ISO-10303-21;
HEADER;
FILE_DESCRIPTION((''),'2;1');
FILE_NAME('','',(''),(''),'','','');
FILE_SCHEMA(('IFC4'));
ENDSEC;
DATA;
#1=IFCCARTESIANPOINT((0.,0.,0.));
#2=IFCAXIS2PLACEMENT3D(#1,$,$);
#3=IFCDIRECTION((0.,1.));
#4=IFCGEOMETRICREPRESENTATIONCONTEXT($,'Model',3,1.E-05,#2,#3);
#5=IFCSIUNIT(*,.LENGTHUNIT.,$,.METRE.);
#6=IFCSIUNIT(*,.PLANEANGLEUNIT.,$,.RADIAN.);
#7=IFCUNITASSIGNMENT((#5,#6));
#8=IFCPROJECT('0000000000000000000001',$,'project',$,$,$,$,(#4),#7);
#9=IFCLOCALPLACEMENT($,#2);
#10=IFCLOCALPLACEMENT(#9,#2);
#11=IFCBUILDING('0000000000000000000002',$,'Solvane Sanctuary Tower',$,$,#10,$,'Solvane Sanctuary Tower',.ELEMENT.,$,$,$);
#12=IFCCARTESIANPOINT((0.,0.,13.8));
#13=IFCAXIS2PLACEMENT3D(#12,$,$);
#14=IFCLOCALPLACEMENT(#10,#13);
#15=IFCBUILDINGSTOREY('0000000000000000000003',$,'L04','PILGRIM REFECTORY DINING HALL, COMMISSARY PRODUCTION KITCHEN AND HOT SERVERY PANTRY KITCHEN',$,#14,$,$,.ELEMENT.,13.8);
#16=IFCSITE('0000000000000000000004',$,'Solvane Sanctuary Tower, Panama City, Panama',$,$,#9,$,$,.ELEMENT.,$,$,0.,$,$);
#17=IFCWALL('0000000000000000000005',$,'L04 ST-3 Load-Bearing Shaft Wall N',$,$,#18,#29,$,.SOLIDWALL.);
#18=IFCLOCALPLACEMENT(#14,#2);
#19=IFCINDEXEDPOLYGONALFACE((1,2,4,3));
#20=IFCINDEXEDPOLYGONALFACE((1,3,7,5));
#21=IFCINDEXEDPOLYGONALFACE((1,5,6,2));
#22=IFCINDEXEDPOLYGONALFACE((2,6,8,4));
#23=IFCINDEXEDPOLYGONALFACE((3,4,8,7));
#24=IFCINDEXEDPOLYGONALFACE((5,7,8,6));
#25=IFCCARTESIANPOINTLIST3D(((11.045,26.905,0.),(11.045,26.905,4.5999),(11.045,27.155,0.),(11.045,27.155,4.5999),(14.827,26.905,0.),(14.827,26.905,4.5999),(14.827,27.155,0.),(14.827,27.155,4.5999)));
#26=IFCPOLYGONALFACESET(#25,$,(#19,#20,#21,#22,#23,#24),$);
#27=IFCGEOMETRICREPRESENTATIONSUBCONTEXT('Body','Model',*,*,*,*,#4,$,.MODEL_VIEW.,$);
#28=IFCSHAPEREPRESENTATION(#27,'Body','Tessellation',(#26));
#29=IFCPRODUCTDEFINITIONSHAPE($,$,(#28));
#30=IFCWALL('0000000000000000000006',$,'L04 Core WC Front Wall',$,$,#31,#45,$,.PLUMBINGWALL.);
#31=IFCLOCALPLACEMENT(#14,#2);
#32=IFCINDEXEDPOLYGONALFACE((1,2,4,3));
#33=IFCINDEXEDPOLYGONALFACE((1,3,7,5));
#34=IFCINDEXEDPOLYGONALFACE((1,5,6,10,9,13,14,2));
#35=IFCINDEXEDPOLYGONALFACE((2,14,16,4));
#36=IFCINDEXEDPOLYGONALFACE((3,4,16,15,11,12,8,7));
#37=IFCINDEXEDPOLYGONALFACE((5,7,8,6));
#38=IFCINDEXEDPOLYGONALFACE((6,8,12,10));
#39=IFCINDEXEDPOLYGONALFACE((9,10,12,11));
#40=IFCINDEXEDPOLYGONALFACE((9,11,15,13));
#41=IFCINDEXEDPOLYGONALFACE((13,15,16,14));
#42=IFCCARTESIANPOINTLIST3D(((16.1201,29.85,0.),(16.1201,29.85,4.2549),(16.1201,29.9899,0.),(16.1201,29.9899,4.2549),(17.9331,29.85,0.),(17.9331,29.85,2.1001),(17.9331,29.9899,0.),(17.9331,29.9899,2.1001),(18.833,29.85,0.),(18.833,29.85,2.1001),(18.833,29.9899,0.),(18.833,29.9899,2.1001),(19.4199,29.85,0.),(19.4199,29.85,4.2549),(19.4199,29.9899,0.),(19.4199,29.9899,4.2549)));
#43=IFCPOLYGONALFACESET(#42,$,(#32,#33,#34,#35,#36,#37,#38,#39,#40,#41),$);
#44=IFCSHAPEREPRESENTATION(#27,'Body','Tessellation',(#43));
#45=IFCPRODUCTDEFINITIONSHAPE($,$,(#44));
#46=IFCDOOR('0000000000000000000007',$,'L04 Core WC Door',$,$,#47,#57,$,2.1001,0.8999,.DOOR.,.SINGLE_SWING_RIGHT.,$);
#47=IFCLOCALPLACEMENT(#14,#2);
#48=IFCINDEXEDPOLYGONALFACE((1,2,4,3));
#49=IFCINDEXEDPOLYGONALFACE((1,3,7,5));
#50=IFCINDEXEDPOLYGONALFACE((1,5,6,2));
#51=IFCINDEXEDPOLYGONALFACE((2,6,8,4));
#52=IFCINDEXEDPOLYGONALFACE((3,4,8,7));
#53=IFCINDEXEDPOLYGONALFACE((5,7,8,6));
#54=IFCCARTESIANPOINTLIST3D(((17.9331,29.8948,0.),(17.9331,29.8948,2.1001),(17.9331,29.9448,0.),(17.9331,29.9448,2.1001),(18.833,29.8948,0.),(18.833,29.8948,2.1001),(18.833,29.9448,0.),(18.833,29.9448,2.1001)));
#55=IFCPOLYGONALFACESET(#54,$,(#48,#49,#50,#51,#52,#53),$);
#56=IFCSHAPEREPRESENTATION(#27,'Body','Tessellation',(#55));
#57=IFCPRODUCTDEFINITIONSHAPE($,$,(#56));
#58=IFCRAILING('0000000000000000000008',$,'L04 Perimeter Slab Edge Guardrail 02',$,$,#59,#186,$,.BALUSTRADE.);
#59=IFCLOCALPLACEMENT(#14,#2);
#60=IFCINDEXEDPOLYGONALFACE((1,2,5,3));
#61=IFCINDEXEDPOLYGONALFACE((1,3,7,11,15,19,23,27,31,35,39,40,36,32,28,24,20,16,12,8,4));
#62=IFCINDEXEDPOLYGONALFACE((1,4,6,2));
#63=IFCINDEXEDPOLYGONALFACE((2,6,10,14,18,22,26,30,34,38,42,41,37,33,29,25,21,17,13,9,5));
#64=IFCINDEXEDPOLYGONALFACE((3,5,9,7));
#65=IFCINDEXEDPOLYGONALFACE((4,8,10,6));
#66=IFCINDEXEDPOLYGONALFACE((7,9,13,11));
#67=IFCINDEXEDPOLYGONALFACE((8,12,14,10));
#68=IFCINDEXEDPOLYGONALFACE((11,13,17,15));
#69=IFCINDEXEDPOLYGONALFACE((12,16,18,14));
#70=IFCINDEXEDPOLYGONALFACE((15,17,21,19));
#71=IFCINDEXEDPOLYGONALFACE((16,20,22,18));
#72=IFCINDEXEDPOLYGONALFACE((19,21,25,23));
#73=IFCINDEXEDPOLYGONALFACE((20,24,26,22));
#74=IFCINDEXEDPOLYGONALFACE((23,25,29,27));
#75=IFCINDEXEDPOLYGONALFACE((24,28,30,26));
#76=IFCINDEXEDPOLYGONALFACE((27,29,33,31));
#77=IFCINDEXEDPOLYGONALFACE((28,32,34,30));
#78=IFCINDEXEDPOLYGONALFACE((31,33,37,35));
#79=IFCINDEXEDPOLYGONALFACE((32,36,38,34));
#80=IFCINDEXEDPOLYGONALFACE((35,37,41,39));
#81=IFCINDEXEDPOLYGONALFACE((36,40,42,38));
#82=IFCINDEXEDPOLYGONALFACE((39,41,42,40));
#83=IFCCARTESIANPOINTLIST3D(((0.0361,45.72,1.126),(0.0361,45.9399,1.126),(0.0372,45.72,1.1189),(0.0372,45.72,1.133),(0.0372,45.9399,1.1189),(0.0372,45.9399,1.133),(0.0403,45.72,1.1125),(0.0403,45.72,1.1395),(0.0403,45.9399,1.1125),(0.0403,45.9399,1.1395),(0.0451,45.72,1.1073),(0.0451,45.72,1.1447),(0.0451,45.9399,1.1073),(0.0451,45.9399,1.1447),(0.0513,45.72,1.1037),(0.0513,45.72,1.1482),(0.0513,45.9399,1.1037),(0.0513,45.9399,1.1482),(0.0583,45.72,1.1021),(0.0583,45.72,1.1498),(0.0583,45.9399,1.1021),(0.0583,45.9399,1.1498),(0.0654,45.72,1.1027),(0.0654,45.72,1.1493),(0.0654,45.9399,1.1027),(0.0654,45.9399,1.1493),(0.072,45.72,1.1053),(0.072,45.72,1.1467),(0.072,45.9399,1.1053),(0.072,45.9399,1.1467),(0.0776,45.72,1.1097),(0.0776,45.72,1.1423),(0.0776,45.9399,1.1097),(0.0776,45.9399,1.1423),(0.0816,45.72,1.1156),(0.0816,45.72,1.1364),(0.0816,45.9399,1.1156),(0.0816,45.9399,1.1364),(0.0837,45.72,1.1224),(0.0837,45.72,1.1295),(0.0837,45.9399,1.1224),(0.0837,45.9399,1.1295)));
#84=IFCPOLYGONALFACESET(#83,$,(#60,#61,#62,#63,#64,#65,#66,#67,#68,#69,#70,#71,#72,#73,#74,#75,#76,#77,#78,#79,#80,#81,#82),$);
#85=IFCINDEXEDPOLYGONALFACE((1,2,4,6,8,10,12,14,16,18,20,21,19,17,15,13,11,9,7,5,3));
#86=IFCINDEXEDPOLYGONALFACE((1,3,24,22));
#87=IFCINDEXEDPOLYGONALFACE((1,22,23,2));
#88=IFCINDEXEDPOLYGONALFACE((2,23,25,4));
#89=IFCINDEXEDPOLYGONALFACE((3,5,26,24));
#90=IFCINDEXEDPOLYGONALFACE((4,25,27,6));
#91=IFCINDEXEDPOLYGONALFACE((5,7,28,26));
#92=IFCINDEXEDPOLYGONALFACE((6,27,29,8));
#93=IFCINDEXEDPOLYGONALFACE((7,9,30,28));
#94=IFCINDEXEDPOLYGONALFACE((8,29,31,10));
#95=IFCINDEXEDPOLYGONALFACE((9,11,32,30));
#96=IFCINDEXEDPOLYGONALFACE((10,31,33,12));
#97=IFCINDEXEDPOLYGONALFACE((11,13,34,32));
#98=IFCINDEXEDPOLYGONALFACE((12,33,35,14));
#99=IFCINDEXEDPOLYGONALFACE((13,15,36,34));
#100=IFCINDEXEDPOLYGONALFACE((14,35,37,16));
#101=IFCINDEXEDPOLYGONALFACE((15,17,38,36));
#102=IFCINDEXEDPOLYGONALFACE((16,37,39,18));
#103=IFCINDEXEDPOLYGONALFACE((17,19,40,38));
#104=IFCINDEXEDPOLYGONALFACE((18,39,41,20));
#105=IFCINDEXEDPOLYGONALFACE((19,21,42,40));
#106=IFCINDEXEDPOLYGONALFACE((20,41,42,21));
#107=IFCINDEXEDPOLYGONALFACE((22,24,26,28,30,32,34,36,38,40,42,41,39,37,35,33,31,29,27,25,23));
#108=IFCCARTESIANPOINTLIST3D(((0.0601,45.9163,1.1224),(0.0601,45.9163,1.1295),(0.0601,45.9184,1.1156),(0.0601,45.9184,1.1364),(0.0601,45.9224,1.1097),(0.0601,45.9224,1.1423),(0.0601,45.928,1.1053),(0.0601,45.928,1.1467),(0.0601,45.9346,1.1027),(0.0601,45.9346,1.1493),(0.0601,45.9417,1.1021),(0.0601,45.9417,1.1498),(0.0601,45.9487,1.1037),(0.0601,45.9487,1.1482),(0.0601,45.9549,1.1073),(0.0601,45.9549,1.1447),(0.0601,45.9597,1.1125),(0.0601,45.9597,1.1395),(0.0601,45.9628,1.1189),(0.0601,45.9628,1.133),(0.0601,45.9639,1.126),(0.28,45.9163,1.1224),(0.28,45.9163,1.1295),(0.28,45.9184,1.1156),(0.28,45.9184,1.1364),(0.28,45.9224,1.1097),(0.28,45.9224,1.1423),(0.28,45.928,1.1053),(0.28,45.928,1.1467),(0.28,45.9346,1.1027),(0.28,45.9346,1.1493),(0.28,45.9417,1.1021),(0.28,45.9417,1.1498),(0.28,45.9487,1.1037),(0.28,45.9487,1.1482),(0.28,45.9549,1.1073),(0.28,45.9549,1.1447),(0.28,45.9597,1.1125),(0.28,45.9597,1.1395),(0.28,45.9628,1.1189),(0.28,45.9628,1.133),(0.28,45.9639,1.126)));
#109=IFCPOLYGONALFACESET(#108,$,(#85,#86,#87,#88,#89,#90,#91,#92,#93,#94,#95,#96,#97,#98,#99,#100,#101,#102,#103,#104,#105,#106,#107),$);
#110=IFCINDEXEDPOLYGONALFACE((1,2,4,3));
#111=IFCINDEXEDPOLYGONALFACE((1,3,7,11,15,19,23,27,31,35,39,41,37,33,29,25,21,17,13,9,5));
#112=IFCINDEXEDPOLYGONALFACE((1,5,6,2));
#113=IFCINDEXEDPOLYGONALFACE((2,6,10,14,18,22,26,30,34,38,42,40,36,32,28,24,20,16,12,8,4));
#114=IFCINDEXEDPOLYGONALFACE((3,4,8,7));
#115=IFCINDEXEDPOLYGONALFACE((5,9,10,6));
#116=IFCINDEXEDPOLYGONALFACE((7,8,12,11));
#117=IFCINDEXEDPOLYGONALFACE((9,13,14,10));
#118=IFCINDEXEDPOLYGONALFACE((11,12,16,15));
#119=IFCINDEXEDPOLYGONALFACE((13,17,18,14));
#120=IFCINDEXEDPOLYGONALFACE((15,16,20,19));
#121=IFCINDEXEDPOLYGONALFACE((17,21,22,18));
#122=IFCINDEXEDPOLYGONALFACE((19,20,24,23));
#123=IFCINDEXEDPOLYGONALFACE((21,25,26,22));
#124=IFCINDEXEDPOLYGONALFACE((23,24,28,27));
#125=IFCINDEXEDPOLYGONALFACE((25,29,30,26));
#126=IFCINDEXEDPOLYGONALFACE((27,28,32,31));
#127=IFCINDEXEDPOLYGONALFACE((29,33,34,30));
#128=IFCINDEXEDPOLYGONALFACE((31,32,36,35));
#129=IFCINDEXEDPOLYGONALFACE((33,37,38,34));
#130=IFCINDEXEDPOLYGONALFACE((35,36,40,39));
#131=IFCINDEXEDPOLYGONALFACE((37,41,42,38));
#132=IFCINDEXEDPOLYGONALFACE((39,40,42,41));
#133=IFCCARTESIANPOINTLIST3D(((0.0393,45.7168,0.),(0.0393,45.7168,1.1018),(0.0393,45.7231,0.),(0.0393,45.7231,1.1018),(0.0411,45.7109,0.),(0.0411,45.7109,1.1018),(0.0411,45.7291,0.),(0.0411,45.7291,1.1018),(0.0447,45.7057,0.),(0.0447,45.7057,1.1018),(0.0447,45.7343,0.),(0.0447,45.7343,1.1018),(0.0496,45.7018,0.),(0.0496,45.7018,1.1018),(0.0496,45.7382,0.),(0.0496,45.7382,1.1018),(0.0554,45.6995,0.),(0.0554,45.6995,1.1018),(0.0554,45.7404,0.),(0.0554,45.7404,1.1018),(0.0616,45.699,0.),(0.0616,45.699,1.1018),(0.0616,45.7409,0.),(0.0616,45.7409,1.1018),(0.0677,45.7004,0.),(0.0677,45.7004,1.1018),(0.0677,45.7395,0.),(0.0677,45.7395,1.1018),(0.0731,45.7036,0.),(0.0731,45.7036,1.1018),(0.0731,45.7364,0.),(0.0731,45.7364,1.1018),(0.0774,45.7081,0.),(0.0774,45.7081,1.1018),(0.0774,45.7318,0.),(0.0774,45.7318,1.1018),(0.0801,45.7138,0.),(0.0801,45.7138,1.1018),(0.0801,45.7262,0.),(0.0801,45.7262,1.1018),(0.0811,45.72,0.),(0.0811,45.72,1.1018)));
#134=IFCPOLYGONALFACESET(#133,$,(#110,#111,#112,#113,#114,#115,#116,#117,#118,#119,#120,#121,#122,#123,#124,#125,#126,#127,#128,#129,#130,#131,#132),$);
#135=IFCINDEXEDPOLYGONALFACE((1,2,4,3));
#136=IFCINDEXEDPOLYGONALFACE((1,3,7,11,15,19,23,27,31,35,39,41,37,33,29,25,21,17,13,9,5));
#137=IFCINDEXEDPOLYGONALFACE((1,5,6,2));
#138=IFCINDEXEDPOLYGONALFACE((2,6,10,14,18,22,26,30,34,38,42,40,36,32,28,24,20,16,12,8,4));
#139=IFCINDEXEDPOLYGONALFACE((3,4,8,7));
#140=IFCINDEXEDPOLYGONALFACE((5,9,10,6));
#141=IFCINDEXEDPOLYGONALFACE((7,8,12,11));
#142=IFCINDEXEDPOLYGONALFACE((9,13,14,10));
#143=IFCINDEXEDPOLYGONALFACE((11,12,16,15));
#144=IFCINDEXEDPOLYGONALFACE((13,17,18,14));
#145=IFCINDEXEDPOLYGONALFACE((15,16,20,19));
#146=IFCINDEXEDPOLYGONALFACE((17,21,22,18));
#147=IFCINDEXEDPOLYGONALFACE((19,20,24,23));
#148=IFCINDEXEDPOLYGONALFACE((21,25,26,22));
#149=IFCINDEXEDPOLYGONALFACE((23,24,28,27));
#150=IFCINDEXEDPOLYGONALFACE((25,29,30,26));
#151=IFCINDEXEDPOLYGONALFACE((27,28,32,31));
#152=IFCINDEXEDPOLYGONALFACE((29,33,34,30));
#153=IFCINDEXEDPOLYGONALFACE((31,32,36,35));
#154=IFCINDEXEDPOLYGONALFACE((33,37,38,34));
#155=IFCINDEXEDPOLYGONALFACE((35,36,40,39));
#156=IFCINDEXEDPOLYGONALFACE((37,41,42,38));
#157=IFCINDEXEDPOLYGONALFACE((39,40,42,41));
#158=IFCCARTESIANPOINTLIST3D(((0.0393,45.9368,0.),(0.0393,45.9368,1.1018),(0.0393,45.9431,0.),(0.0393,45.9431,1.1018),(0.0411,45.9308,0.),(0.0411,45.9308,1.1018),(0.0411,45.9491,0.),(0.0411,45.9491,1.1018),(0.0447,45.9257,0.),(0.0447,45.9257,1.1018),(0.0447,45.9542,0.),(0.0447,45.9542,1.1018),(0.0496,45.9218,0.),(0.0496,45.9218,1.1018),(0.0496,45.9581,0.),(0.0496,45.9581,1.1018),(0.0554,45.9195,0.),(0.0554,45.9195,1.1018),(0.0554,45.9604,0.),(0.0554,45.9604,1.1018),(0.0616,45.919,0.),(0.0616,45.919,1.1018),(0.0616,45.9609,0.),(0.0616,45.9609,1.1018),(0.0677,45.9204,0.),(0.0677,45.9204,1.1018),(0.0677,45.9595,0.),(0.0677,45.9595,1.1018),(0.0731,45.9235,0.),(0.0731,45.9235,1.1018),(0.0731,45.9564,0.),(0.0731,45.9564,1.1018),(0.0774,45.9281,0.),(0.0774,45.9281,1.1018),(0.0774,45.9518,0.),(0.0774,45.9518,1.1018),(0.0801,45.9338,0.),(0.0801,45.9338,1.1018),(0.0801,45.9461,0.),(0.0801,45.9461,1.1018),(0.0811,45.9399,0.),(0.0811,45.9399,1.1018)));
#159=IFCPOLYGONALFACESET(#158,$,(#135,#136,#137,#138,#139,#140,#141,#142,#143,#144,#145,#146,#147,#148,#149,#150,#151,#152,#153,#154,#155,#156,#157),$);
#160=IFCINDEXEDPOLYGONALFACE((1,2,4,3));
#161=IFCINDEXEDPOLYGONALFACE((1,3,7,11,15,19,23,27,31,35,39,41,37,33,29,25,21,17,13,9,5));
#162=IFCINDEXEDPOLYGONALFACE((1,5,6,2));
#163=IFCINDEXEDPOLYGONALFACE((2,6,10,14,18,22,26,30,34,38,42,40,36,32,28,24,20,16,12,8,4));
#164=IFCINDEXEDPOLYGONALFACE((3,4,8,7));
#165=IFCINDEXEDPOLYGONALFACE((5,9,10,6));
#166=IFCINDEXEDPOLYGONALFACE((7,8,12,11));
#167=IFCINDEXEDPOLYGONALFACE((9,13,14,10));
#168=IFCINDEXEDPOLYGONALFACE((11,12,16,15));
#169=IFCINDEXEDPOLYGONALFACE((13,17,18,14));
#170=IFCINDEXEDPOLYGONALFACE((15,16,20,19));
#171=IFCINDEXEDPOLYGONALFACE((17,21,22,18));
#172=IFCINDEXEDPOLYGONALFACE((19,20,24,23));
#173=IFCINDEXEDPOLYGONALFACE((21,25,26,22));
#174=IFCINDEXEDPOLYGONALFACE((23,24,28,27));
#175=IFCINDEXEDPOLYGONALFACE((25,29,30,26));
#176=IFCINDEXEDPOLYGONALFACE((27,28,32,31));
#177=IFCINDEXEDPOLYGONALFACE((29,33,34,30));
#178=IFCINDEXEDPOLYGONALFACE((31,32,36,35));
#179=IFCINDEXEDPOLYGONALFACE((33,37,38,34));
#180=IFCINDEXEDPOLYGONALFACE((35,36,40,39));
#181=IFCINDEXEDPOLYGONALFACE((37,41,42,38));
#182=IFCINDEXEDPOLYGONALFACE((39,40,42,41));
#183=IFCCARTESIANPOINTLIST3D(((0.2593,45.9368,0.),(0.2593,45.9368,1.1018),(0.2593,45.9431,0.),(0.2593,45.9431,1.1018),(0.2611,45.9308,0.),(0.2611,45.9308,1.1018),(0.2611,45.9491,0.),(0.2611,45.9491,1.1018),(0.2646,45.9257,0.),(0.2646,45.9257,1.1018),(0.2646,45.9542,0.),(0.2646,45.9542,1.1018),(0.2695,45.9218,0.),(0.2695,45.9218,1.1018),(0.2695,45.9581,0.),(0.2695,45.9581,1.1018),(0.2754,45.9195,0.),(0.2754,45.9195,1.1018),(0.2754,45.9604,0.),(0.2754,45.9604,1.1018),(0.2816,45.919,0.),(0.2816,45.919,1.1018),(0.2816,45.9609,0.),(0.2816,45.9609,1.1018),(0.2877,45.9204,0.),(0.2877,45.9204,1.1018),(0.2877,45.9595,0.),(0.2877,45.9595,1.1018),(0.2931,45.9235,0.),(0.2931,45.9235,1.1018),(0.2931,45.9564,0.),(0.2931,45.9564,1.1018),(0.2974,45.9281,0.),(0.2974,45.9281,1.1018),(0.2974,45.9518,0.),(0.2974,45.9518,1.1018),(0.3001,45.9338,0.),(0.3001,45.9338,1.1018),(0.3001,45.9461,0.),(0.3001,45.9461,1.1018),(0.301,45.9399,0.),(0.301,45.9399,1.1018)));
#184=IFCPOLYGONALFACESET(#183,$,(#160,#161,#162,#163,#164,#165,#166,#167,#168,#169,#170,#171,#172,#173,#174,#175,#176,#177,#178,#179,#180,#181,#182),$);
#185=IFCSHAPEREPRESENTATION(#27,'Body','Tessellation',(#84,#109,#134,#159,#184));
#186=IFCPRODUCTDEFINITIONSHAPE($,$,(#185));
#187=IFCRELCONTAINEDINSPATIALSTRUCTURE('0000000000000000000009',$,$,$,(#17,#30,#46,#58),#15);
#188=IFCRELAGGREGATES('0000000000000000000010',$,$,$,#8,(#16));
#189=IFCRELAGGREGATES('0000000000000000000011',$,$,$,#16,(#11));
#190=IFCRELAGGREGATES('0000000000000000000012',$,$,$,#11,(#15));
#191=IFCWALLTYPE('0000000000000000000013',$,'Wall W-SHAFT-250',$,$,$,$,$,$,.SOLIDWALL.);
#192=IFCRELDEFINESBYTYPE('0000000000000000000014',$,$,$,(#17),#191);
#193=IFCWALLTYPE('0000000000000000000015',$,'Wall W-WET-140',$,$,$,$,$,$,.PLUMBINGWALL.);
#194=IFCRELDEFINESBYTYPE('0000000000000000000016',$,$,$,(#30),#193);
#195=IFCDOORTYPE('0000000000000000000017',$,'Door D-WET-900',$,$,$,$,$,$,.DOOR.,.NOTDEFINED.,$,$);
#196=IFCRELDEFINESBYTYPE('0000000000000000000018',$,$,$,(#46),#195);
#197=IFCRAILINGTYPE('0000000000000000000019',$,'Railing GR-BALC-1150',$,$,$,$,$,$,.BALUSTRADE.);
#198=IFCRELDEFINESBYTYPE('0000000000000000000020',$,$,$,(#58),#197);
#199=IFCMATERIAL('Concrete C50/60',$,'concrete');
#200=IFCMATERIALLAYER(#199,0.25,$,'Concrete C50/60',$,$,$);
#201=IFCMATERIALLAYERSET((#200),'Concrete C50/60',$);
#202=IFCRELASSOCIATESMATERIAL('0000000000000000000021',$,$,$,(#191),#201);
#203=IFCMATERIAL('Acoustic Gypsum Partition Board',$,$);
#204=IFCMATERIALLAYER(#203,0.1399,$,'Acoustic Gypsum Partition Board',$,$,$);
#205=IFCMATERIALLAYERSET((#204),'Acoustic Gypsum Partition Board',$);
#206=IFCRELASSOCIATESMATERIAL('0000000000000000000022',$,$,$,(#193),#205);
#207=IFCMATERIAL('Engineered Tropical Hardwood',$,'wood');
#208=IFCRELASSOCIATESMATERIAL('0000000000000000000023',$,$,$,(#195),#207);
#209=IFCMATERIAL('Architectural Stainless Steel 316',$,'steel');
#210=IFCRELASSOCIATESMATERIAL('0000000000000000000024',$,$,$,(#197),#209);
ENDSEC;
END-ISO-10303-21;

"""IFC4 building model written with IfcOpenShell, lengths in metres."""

from ifc_helpers import new_model, si_unit, direction, frame, frame_2d, origin, origin_2d, place, context, subcontext, project, spatial, rectangle, circle, extrude, material, layer, layer_set, type_object, element, fill, save


model = new_model("IFC4")

# Units and contexts
model_context = context("Model", 3, precision=1e-05, world=origin(), true_north=direction((0.0, 1.0)))
body_context = subcontext(model_context, "Body", "Model", "MODEL_VIEW")
ifc_project = project(units=[si_unit("LENGTHUNIT", "METRE"), si_unit("PLANEANGLEUNIT", "RADIAN")], contexts=[model_context])

# Site, building, storey
site_placement = place(None, origin())
site = spatial("IfcSite", under=ifc_project, at=site_placement, Name="Solvane Sanctuary Tower, Panama City, Panama", CompositionType="ELEMENT", RefElevation=0.0)
building_placement = place(site_placement, origin())
building = spatial("IfcBuilding", under=site, at=building_placement, Name="Solvane Sanctuary Tower", LongName="Solvane Sanctuary Tower", CompositionType="ELEMENT")
storey_placement = place(building_placement, frame((0.0, 0.0, 13.8)))
storey = spatial("IfcBuildingStorey", under=building, at=storey_placement, Name="L04", Description="PILGRIM REFECTORY DINING HALL, COMMISSARY PRODUCTION KITCHEN AND HOT SERVERY PANTRY KITCHEN", CompositionType="ELEMENT", Elevation=13.8)

# Shared definitions
ifc_material_1 = material(Name="Acoustic Gypsum Partition Board")
ifc_material_2 = material(Name="Architectural Stainless Steel 316", Category="steel")

# Wall
ifc_material_3 = material(Name="Concrete C50/60", Category="concrete")
ifc_layer_1 = layer(ifc_material_3, 0.25, Name="Concrete C50/60")
ifc_layer_set_1 = layer_set([ifc_layer_1], Name="Concrete C50/60")
wall_type_1 = type_object("IfcWallType", Name="Wall W-SHAFT-250", PredefinedType="SOLIDWALL", material=ifc_layer_set_1)
wall_1_placement = place(storey_placement, frame((11.0449, 27.03, 0.0), z_axis=(0.0, 0.0, 1.0), x_axis=(1.0, 0.0, 0.0)))
element("IfcWall", 1, at=wall_1_placement, inside=storey, type_object=wall_type_1, Name="L04 ST-3 Load-Bearing Shaft Wall N", PredefinedType="SOLIDWALL", context=body_context, shape_type="SweptSolid", body=[
    extrude(rectangle(XDim=3.782, YDim=0.25, at=frame_2d((1.8911, 0.0))), origin(), (0.0, 0.0, 1.0), 4.5999),
])

# Wall, opening, door
ifc_layer_2 = layer(ifc_material_1, 0.1399, Name="Acoustic Gypsum Partition Board")
ifc_layer_set_2 = layer_set([ifc_layer_2], Name="Acoustic Gypsum Partition Board")
wall_type_2 = type_object("IfcWallType", Name="Wall W-WET-140", PredefinedType="PLUMBINGWALL", material=ifc_layer_set_2)
wall_2_placement = place(storey_placement, frame((16.1201, 29.9199, 0.0), z_axis=(0.0, 0.0, 1.0), x_axis=(1.0, 0.0, 0.0)))
wall_2 = element("IfcWall", 2, at=wall_2_placement, inside=storey, type_object=wall_type_2, Name="L04 Core WC Front Wall", PredefinedType="PLUMBINGWALL", context=body_context, shape_type="SweptSolid", body=[
    extrude(rectangle(XDim=3.2998, YDim=0.1399, at=frame_2d((1.6499, 0.0))), origin(), (0.0, 0.0, 1.0), 4.2549),
])
opening_1_placement = place(wall_2_placement, frame((1.813, 0.0, 0.0)))
opening_1 = element("IfcOpeningElement", 3, at=opening_1_placement, cuts=wall_2, PredefinedType="OPENING", context=body_context, shape_type="SweptSolid", body=[
    extrude(rectangle(XDim=0.8999, YDim=2.1001, at=frame_2d((0.45, 1.05))), frame((0.0, 0.0798, 0.0), z_axis=(0.0, -1.0, 0.0), x_axis=(1.0, 0.0, 0.0)), (0.0, 0.0, 1.0), 0.1599),
])
ifc_material_4 = material(Name="Engineered Tropical Hardwood", Category="wood")
door_type_1 = type_object("IfcDoorType", Name="Door D-WET-900", OperationType="NOTDEFINED", PredefinedType="DOOR", material=ifc_material_4)
door_1_placement = place(opening_1_placement, origin())
door_1 = element("IfcDoor", 4, at=door_1_placement, inside=storey, type_object=door_type_1, Name="L04 Core WC Door", OperationType="SINGLE_SWING_RIGHT", OverallHeight=2.1001, OverallWidth=0.8999, PredefinedType="DOOR", context=body_context, shape_type="SweptSolid", body=[
    extrude(rectangle(XDim=0.8999, YDim=2.1001, at=frame_2d((0.45, 1.05))), frame((0.0, 0.0249, 0.0), z_axis=(0.0, -1.0, 0.0), x_axis=(1.0, 0.0, 0.0)), (0.0, 0.0, 1.0), 0.05),
])
fill(opening_1, door_1)

# Railing
railing_type = type_object("IfcRailingType", Name="Railing GR-BALC-1150", PredefinedType="BALUSTRADE", material=ifc_material_2)
railing_placement = place(storey_placement, frame((0.0601, 45.72, 0.0)))
element("IfcRailing", 5, at=railing_placement, inside=storey, type_object=railing_type, Name="L04 Perimeter Slab Edge Guardrail 02", PredefinedType="BALUSTRADE", context=body_context, shape_type="SweptSolid", body=[
    extrude(circle(Radius=0.0239, at=origin_2d()), frame((0.0, 0.0, 1.126), z_axis=(0.0, 1.0, 0.0), x_axis=(-1.0, 0.0, 0.0)), (0.0, 0.0, 1.0), 0.22),
    extrude(circle(Radius=0.0239, at=origin_2d()), frame((0.0, 0.22, 1.126), z_axis=(1.0, 0.0, 0.0), x_axis=(0.0, 1.0, 0.0)), (0.0, 0.0, 1.0), 0.22),
    extrude(circle(Radius=0.021, at=origin_2d()), origin(), (0.0, 0.0, 1.0), 1.1018),
    extrude(circle(Radius=0.021, at=origin_2d()), frame((0.0, 0.22, 0.0)), (0.0, 0.0, 1.0), 1.1018),
    extrude(circle(Radius=0.021, at=origin_2d()), frame((0.22, 0.22, 0.0)), (0.0, 0.0, 1.0), 1.1018),
])

save(model, "model.ifc")
